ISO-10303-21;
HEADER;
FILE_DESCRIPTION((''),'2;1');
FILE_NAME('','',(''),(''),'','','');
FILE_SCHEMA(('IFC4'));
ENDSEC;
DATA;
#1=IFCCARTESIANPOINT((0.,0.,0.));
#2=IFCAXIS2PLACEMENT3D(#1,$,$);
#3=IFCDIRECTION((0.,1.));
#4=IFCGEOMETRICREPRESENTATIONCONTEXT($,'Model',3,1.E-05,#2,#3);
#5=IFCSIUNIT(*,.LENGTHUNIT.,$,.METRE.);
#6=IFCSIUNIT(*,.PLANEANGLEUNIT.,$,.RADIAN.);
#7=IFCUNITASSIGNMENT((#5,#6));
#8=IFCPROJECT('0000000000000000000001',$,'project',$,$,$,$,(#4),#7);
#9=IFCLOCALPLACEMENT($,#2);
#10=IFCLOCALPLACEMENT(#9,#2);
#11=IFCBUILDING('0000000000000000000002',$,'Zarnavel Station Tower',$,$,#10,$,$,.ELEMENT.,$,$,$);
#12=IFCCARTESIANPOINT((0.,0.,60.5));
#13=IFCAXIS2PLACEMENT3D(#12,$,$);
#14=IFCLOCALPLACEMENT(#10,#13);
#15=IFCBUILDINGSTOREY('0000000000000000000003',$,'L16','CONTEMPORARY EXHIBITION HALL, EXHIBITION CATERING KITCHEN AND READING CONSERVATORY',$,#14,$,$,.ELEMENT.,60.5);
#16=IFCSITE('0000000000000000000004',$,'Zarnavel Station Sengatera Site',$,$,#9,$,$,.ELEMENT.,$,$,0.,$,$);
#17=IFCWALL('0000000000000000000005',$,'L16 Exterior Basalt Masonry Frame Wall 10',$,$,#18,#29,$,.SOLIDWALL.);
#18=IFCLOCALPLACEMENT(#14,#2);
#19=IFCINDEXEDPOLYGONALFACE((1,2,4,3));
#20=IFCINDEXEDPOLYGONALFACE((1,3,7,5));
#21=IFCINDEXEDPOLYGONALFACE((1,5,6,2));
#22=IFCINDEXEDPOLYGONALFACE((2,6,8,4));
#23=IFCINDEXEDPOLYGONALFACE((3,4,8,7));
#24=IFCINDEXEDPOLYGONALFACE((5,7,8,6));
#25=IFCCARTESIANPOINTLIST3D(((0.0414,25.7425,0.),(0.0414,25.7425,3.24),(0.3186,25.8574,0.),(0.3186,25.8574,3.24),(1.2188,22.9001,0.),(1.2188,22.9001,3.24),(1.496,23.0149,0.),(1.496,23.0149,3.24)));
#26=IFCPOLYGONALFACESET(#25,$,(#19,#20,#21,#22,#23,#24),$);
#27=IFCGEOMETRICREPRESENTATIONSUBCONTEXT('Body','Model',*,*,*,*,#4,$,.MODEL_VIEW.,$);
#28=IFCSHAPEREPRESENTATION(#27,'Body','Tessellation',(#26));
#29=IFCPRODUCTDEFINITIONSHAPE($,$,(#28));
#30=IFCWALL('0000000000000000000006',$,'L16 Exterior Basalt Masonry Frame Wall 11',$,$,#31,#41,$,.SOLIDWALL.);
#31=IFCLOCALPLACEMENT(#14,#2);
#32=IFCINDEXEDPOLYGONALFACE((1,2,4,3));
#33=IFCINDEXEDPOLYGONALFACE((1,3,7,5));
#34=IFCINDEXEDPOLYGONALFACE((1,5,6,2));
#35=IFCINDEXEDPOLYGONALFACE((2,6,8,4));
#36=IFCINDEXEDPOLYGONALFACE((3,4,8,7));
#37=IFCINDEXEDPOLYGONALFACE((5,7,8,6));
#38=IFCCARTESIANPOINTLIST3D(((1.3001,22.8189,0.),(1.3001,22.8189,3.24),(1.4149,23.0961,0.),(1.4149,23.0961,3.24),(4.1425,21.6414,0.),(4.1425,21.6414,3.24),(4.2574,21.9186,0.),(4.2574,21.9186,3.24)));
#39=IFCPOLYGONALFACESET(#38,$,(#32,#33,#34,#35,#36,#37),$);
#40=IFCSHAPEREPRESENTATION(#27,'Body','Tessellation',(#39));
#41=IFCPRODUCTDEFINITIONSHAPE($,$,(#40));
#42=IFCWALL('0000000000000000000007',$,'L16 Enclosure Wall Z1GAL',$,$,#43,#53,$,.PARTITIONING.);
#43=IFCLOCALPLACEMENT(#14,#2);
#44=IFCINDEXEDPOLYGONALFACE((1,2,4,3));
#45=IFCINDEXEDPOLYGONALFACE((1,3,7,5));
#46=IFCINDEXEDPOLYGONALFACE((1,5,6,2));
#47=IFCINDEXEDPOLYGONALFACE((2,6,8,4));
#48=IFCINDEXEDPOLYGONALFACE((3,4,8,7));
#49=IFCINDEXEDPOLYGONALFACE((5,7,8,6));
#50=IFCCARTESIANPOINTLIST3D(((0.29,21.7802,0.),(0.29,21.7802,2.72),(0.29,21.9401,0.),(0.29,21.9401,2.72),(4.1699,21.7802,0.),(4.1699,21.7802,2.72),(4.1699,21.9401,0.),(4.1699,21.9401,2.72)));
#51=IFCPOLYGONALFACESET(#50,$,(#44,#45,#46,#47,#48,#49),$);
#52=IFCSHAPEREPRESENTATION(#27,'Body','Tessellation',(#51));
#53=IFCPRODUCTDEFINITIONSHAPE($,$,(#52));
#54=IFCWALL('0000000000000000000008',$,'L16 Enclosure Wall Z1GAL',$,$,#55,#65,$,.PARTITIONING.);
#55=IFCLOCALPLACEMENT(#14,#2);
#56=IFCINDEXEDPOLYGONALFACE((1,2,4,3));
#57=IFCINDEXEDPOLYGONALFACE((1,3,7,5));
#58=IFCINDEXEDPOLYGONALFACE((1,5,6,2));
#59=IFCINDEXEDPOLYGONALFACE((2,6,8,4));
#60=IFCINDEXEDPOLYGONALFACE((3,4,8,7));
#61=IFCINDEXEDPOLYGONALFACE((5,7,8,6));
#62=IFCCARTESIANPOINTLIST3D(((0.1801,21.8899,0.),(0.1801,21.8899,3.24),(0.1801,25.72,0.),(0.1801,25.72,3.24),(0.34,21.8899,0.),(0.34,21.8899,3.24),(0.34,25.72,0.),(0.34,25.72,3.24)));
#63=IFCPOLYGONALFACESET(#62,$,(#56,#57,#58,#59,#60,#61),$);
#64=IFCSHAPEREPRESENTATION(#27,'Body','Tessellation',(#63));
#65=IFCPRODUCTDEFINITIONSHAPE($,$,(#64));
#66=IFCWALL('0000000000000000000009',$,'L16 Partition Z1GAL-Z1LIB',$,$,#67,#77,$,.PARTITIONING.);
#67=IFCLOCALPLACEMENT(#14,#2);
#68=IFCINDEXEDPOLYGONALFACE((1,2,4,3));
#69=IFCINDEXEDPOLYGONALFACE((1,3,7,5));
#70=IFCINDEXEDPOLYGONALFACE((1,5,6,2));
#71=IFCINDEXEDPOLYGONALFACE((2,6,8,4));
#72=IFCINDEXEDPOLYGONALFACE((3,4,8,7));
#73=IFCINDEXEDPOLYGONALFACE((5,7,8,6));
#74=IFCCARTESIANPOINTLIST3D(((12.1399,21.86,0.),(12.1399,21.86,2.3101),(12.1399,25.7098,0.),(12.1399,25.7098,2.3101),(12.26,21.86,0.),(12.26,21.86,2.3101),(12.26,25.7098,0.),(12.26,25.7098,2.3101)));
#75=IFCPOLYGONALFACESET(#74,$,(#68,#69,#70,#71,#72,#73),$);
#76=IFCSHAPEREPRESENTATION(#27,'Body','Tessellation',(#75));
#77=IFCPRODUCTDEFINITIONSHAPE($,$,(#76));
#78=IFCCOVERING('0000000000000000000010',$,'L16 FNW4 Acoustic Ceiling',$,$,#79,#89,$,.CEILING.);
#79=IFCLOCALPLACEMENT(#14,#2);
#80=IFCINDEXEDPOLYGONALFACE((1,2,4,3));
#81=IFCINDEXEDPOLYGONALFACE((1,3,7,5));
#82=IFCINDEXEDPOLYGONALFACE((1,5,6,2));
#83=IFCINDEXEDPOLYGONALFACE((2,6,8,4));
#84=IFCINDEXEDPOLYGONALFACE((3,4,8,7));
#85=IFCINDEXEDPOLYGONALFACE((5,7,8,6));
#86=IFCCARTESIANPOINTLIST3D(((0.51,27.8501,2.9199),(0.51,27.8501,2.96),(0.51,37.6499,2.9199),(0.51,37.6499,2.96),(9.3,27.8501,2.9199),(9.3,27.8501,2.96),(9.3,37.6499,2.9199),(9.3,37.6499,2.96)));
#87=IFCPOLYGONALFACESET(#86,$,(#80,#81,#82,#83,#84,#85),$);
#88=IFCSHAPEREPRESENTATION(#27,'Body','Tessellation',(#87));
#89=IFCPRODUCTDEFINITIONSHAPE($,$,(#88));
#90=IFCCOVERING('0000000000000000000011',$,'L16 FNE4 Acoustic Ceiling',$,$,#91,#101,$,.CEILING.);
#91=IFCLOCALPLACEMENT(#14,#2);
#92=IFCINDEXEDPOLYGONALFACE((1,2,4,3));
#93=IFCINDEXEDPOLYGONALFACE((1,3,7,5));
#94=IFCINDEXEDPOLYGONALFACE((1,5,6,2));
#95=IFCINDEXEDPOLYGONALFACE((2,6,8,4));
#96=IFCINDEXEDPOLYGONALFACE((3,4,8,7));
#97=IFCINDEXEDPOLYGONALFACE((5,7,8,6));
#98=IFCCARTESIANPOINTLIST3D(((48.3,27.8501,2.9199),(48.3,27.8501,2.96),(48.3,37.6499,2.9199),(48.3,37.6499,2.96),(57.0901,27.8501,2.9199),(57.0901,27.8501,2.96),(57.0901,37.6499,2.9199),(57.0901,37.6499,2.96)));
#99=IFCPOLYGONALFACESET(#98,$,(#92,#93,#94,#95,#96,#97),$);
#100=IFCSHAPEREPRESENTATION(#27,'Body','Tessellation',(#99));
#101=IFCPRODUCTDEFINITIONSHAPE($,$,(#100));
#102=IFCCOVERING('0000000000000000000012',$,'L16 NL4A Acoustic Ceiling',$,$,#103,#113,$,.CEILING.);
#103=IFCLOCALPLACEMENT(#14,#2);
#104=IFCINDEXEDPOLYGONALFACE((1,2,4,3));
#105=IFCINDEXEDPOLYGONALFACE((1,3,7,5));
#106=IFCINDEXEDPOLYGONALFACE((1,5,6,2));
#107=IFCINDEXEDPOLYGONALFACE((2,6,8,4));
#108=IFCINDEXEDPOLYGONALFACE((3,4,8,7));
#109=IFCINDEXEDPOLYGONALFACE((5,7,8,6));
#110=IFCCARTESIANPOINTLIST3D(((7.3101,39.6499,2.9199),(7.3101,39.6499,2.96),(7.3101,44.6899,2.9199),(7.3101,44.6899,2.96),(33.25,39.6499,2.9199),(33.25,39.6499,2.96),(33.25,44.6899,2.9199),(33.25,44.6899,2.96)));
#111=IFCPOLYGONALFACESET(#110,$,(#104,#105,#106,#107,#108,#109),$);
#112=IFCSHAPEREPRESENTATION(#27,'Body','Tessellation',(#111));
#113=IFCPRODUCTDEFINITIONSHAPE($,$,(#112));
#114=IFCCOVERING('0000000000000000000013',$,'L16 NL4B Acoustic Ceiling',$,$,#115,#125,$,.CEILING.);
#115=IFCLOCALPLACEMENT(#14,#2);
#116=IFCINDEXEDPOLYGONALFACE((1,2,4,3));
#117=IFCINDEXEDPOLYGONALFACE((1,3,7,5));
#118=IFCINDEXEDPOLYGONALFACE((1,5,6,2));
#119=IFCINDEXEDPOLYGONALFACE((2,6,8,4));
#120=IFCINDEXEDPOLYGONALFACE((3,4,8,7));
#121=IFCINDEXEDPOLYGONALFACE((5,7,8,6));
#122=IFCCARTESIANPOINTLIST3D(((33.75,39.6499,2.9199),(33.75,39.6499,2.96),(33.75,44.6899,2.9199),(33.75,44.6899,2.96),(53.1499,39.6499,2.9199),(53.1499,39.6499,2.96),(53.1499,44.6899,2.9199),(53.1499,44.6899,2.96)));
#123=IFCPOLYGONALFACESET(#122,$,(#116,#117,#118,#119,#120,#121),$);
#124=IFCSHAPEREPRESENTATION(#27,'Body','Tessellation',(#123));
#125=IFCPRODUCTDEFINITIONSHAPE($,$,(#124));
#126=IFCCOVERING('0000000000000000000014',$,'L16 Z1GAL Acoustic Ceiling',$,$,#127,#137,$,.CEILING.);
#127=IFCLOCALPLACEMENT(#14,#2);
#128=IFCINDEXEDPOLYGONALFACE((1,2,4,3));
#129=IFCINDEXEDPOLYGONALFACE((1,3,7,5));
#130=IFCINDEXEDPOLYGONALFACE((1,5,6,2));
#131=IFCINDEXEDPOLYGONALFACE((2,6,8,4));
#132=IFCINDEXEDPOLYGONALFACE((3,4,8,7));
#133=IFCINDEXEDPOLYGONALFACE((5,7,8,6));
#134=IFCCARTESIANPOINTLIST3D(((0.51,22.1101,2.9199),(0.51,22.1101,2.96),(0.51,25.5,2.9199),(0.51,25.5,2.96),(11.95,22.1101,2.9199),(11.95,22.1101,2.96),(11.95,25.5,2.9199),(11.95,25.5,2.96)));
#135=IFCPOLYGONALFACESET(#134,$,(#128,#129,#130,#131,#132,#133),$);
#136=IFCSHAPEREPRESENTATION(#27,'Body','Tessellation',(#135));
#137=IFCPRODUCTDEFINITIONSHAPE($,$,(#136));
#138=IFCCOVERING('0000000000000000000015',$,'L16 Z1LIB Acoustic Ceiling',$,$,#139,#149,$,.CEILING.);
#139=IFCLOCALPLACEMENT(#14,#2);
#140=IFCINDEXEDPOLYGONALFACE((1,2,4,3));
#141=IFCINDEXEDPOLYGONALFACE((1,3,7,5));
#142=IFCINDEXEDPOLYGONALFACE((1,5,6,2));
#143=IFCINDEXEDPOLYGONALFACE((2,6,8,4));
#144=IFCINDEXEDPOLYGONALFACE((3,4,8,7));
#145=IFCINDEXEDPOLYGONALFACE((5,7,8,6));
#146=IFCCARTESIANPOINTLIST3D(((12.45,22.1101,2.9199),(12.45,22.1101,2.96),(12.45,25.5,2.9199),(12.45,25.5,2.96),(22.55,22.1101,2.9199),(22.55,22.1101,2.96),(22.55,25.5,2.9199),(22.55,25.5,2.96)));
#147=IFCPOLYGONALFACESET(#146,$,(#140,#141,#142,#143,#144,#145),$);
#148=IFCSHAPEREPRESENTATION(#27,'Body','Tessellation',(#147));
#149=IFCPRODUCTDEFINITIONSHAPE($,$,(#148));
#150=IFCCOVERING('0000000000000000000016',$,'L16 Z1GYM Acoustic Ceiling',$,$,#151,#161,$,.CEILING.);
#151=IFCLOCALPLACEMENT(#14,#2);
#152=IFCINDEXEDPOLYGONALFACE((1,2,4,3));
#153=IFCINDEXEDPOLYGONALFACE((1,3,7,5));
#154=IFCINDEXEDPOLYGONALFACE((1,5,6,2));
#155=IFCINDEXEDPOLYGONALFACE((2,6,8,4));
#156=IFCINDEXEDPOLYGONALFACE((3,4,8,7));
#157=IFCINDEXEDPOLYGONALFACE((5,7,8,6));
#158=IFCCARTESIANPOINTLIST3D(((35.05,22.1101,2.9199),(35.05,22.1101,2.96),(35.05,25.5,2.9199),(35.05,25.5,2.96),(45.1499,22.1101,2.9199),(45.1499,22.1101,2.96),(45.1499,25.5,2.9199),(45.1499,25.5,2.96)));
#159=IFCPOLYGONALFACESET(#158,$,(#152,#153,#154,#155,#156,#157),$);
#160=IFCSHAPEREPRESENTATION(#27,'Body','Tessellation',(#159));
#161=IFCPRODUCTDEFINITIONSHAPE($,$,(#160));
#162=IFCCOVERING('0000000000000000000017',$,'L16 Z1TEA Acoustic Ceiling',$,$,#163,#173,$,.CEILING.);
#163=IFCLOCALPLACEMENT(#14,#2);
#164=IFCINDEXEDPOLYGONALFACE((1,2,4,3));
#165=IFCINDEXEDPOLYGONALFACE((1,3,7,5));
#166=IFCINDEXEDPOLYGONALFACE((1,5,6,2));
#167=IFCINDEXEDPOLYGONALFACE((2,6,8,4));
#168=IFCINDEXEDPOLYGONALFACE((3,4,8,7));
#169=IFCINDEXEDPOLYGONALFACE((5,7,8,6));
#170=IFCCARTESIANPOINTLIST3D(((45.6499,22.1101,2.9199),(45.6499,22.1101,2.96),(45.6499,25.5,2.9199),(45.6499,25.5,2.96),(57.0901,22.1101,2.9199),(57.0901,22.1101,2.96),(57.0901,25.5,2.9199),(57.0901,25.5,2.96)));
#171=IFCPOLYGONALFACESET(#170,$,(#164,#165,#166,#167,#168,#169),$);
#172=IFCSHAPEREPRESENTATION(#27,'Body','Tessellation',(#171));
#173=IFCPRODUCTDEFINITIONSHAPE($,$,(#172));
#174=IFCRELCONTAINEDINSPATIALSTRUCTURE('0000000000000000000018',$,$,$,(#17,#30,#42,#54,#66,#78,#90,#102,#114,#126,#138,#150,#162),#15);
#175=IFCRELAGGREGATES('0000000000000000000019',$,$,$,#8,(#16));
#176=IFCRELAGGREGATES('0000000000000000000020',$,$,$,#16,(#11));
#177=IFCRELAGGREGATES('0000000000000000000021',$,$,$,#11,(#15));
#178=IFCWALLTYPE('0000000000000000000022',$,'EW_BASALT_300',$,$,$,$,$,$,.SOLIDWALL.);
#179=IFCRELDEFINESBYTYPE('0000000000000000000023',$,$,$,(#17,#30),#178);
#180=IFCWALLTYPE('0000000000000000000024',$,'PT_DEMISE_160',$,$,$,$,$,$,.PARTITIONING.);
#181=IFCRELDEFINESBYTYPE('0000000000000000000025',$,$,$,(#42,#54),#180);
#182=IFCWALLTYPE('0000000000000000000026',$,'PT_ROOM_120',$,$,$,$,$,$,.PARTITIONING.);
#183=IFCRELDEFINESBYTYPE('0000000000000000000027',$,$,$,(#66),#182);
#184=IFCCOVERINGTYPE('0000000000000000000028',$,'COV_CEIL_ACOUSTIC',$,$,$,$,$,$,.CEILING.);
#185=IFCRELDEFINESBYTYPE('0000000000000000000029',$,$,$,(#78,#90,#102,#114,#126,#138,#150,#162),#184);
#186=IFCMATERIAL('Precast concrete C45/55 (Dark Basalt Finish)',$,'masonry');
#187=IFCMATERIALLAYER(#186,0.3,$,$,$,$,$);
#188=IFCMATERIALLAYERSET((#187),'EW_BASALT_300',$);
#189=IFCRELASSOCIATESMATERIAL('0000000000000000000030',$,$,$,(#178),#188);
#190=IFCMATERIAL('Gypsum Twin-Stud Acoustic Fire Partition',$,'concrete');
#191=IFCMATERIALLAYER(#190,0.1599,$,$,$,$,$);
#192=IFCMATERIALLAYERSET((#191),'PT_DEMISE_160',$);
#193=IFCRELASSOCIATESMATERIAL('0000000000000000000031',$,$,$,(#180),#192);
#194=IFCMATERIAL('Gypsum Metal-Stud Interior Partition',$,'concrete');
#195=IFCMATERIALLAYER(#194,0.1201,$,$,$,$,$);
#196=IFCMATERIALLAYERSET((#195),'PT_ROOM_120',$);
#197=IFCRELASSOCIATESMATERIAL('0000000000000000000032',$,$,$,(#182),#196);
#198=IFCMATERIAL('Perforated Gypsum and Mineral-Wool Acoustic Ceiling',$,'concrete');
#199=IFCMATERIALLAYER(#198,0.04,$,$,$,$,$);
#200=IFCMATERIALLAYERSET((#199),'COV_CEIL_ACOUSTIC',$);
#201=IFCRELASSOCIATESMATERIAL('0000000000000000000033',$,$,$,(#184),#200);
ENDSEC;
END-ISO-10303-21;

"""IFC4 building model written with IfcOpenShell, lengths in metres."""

from ifc_helpers import new_model, si_unit, direction, frame, frame_2d, origin, place, context, subcontext, project, spatial, polyline, rectangle, outline, extrude, material, layer, layer_set, type_object, element, save


model = new_model("IFC4")

# Units and contexts
model_context = context("Model", 3, precision=1e-05, world=origin(), true_north=direction((0.0, 1.0)))
body_context = subcontext(model_context, "Body", "Model", "MODEL_VIEW")
ifc_project = project(units=[si_unit("LENGTHUNIT", "METRE"), si_unit("PLANEANGLEUNIT", "RADIAN")], contexts=[model_context])

# Site, building, storey
site_placement = place(None, origin())
site = spatial("IfcSite", under=ifc_project, at=site_placement, Name="Zarnavel Station Sengatera Site", CompositionType="ELEMENT", RefElevation=0.0)
building_placement = place(site_placement, origin())
building = spatial("IfcBuilding", under=site, at=building_placement, Name="Zarnavel Station Tower", CompositionType="ELEMENT")
storey_placement = place(building_placement, frame((0.0, 0.0, 60.5)))
storey = spatial("IfcBuildingStorey", under=building, at=storey_placement, Name="L16", Description="CONTEMPORARY EXHIBITION HALL, EXHIBITION CATERING KITCHEN AND READING CONSERVATORY", CompositionType="ELEMENT", Elevation=60.5)

# Walls
ifc_material_1 = material(Name="Precast concrete C45/55 (Dark Basalt Finish)", Category="masonry")
ifc_layer_1 = layer(ifc_material_1, 0.3)
ifc_layer_set_1 = layer_set([ifc_layer_1], Name="EW_BASALT_300")
wall_type_1 = type_object("IfcWallType", Name="EW_BASALT_300", PredefinedType="SOLIDWALL", material=ifc_layer_set_1)
for number, where, z_axis, x_axis, name in (
    (1, (1.3574, 22.9575, 0.0), (0.0, 0.0, 1.0), (-0.382705, 0.923871, 0.0), "L16 Exterior Basalt Masonry Frame Wall 10"),
    (2, (4.2, 21.78, 0.0), (0.0, 0.0, 1.0), (-0.923871, 0.382705, 0.0), "L16 Exterior Basalt Masonry Frame Wall 11"),
):
    element("IfcWall", number, at=place(storey_placement, frame(where, z_axis=z_axis, x_axis=x_axis)), inside=storey, type_object=wall_type_1, Name=name, PredefinedType="SOLIDWALL", context=body_context, shape_type="SweptSolid", body=[
        extrude(rectangle(XDim=3.0767, YDim=0.3, at=frame_2d((1.5383, 0.0))), origin(), (0.0, 0.0, 1.0), 3.24),
    ])
ifc_material_2 = material(Name="Gypsum Twin-Stud Acoustic Fire Partition", Category="concrete")
ifc_layer_2 = layer(ifc_material_2, 0.1599)
ifc_layer_set_2 = layer_set([ifc_layer_2], Name="PT_DEMISE_160")
wall_type_2 = type_object("IfcWallType", Name="PT_DEMISE_160", PredefinedType="PARTITIONING", material=ifc_layer_set_2)
wall_1_placement = place(storey_placement, frame((0.29, 21.8601, 0.0), z_axis=(0.0, 0.0, 1.0), x_axis=(1.0, 0.0, 0.0)))
element("IfcWall", 3, at=wall_1_placement, inside=storey, type_object=wall_type_2, Name="L16 Enclosure Wall Z1GAL", PredefinedType="PARTITIONING", context=body_context, shape_type="SweptSolid", body=[
    extrude(rectangle(XDim=3.8799, YDim=0.1599, at=frame_2d((1.9399, 0.0))), origin(), (0.0, 0.0, 1.0), 2.72),
])
wall_2_placement = place(storey_placement, frame((0.26, 21.8899, 0.0), z_axis=(0.0, 0.0, 1.0), x_axis=(0.0, 1.0, 0.0)))
element("IfcWall", 4, at=wall_2_placement, inside=storey, type_object=wall_type_2, Name="L16 Enclosure Wall Z1GAL", PredefinedType="PARTITIONING", context=body_context, shape_type="SweptSolid", body=[
    extrude(rectangle(XDim=3.8301, YDim=0.1599, at=frame_2d((1.915, 0.0))), origin(), (0.0, 0.0, 1.0), 3.24),
])
ifc_material_3 = material(Name="Gypsum Metal-Stud Interior Partition", Category="concrete")
ifc_layer_3 = layer(ifc_material_3, 0.1201)
ifc_layer_set_3 = layer_set([ifc_layer_3], Name="PT_ROOM_120")
wall_type_3 = type_object("IfcWallType", Name="PT_ROOM_120", PredefinedType="PARTITIONING", material=ifc_layer_set_3)
wall_3_placement = place(storey_placement, frame((12.2, 21.8601, 0.0), z_axis=(0.0, 0.0, 1.0), x_axis=(0.0, 1.0, 0.0)))
element("IfcWall", 5, at=wall_3_placement, inside=storey, type_object=wall_type_3, Name="L16 Partition Z1GAL-Z1LIB", PredefinedType="PARTITIONING", context=body_context, shape_type="SweptSolid", body=[
    extrude(rectangle(XDim=3.8499, YDim=0.1201, at=frame_2d((1.9248, 0.0))), origin(), (0.0, 0.0, 1.0), 2.3101),
])

# Coverings
ifc_material_4 = material(Name="Perforated Gypsum and Mineral-Wool Acoustic Ceiling", Category="concrete")
ifc_layer_4 = layer(ifc_material_4, 0.04)
ifc_layer_set_4 = layer_set([ifc_layer_4], Name="COV_CEIL_ACOUSTIC")
covering_type_1 = type_object("IfcCoveringType", Name="COV_CEIL_ACOUSTIC", PredefinedType="CEILING", material=ifc_layer_set_4)
covering_1_placement = place(storey_placement, frame((0.0, 0.0, 2.9199)))
element("IfcCovering", 6, at=covering_1_placement, inside=storey, type_object=covering_type_1, Name="L16 FNW4 Acoustic Ceiling", PredefinedType="CEILING", context=body_context, shape_type="SweptSolid", body=[
    extrude(outline(polyline([(0.51, 27.8501), (9.3, 27.8501), (9.3, 37.6499), (0.51, 37.6499), (0.51, 27.8501)])), origin(), (0.0, 0.0, 1.0), 0.04),
])
covering_2_placement = place(storey_placement, frame((0.0, 0.0, 2.9199)))
element("IfcCovering", 7, at=covering_2_placement, inside=storey, type_object=covering_type_1, Name="L16 FNE4 Acoustic Ceiling", PredefinedType="CEILING", context=body_context, shape_type="SweptSolid", body=[
    extrude(outline(polyline([(48.3, 27.8501), (57.0901, 27.8501), (57.0901, 37.6499), (48.3, 37.6499), (48.3, 27.8501)])), origin(), (0.0, 0.0, 1.0), 0.04),
])
covering_3_placement = place(storey_placement, frame((0.0, 0.0, 2.9199)))
element("IfcCovering", 8, at=covering_3_placement, inside=storey, type_object=covering_type_1, Name="L16 NL4A Acoustic Ceiling", PredefinedType="CEILING", context=body_context, shape_type="SweptSolid", body=[
    extrude(outline(polyline([(7.3101, 39.6499), (33.25, 39.6499), (33.25, 44.6899), (7.3101, 44.6899), (7.3101, 39.6499)])), origin(), (0.0, 0.0, 1.0), 0.04),
])
covering_4_placement = place(storey_placement, frame((0.0, 0.0, 2.9199)))
element("IfcCovering", 9, at=covering_4_placement, inside=storey, type_object=covering_type_1, Name="L16 NL4B Acoustic Ceiling", PredefinedType="CEILING", context=body_context, shape_type="SweptSolid", body=[
    extrude(outline(polyline([(33.75, 39.6499), (53.1499, 39.6499), (53.1499, 44.6899), (33.75, 44.6899), (33.75, 39.6499)])), origin(), (0.0, 0.0, 1.0), 0.04),
])
covering_5_placement = place(storey_placement, frame((0.0, 0.0, 2.9199)))
element("IfcCovering", 10, at=covering_5_placement, inside=storey, type_object=covering_type_1, Name="L16 Z1GAL Acoustic Ceiling", PredefinedType="CEILING", context=body_context, shape_type="SweptSolid", body=[
    extrude(outline(polyline([(0.51, 22.1101), (11.95, 22.1101), (11.95, 25.5), (0.51, 25.5), (0.51, 22.1101)])), origin(), (0.0, 0.0, 1.0), 0.04),
])
covering_6_placement = place(storey_placement, frame((0.0, 0.0, 2.9199)))
element("IfcCovering", 11, at=covering_6_placement, inside=storey, type_object=covering_type_1, Name="L16 Z1LIB Acoustic Ceiling", PredefinedType="CEILING", context=body_context, shape_type="SweptSolid", body=[
    extrude(outline(polyline([(12.45, 22.1101), (22.55, 22.1101), (22.55, 25.5), (12.45, 25.5), (12.45, 22.1101)])), origin(), (0.0, 0.0, 1.0), 0.04),
])
covering_7_placement = place(storey_placement, frame((0.0, 0.0, 2.9199)))
element("IfcCovering", 12, at=covering_7_placement, inside=storey, type_object=covering_type_1, Name="L16 Z1GYM Acoustic Ceiling", PredefinedType="CEILING", context=body_context, shape_type="SweptSolid", body=[
    extrude(outline(polyline([(35.05, 22.1101), (45.1499, 22.1101), (45.1499, 25.5), (35.05, 25.5), (35.05, 22.1101)])), origin(), (0.0, 0.0, 1.0), 0.04),
])
covering_8_placement = place(storey_placement, frame((0.0, 0.0, 2.9199)))
element("IfcCovering", 13, at=covering_8_placement, inside=storey, type_object=covering_type_1, Name="L16 Z1TEA Acoustic Ceiling", PredefinedType="CEILING", context=body_context, shape_type="SweptSolid", body=[
    extrude(outline(polyline([(45.6499, 22.1101), (57.0901, 22.1101), (57.0901, 25.5), (45.6499, 25.5), (45.6499, 22.1101)])), origin(), (0.0, 0.0, 1.0), 0.04),
])

save(model, "model.ifc")
